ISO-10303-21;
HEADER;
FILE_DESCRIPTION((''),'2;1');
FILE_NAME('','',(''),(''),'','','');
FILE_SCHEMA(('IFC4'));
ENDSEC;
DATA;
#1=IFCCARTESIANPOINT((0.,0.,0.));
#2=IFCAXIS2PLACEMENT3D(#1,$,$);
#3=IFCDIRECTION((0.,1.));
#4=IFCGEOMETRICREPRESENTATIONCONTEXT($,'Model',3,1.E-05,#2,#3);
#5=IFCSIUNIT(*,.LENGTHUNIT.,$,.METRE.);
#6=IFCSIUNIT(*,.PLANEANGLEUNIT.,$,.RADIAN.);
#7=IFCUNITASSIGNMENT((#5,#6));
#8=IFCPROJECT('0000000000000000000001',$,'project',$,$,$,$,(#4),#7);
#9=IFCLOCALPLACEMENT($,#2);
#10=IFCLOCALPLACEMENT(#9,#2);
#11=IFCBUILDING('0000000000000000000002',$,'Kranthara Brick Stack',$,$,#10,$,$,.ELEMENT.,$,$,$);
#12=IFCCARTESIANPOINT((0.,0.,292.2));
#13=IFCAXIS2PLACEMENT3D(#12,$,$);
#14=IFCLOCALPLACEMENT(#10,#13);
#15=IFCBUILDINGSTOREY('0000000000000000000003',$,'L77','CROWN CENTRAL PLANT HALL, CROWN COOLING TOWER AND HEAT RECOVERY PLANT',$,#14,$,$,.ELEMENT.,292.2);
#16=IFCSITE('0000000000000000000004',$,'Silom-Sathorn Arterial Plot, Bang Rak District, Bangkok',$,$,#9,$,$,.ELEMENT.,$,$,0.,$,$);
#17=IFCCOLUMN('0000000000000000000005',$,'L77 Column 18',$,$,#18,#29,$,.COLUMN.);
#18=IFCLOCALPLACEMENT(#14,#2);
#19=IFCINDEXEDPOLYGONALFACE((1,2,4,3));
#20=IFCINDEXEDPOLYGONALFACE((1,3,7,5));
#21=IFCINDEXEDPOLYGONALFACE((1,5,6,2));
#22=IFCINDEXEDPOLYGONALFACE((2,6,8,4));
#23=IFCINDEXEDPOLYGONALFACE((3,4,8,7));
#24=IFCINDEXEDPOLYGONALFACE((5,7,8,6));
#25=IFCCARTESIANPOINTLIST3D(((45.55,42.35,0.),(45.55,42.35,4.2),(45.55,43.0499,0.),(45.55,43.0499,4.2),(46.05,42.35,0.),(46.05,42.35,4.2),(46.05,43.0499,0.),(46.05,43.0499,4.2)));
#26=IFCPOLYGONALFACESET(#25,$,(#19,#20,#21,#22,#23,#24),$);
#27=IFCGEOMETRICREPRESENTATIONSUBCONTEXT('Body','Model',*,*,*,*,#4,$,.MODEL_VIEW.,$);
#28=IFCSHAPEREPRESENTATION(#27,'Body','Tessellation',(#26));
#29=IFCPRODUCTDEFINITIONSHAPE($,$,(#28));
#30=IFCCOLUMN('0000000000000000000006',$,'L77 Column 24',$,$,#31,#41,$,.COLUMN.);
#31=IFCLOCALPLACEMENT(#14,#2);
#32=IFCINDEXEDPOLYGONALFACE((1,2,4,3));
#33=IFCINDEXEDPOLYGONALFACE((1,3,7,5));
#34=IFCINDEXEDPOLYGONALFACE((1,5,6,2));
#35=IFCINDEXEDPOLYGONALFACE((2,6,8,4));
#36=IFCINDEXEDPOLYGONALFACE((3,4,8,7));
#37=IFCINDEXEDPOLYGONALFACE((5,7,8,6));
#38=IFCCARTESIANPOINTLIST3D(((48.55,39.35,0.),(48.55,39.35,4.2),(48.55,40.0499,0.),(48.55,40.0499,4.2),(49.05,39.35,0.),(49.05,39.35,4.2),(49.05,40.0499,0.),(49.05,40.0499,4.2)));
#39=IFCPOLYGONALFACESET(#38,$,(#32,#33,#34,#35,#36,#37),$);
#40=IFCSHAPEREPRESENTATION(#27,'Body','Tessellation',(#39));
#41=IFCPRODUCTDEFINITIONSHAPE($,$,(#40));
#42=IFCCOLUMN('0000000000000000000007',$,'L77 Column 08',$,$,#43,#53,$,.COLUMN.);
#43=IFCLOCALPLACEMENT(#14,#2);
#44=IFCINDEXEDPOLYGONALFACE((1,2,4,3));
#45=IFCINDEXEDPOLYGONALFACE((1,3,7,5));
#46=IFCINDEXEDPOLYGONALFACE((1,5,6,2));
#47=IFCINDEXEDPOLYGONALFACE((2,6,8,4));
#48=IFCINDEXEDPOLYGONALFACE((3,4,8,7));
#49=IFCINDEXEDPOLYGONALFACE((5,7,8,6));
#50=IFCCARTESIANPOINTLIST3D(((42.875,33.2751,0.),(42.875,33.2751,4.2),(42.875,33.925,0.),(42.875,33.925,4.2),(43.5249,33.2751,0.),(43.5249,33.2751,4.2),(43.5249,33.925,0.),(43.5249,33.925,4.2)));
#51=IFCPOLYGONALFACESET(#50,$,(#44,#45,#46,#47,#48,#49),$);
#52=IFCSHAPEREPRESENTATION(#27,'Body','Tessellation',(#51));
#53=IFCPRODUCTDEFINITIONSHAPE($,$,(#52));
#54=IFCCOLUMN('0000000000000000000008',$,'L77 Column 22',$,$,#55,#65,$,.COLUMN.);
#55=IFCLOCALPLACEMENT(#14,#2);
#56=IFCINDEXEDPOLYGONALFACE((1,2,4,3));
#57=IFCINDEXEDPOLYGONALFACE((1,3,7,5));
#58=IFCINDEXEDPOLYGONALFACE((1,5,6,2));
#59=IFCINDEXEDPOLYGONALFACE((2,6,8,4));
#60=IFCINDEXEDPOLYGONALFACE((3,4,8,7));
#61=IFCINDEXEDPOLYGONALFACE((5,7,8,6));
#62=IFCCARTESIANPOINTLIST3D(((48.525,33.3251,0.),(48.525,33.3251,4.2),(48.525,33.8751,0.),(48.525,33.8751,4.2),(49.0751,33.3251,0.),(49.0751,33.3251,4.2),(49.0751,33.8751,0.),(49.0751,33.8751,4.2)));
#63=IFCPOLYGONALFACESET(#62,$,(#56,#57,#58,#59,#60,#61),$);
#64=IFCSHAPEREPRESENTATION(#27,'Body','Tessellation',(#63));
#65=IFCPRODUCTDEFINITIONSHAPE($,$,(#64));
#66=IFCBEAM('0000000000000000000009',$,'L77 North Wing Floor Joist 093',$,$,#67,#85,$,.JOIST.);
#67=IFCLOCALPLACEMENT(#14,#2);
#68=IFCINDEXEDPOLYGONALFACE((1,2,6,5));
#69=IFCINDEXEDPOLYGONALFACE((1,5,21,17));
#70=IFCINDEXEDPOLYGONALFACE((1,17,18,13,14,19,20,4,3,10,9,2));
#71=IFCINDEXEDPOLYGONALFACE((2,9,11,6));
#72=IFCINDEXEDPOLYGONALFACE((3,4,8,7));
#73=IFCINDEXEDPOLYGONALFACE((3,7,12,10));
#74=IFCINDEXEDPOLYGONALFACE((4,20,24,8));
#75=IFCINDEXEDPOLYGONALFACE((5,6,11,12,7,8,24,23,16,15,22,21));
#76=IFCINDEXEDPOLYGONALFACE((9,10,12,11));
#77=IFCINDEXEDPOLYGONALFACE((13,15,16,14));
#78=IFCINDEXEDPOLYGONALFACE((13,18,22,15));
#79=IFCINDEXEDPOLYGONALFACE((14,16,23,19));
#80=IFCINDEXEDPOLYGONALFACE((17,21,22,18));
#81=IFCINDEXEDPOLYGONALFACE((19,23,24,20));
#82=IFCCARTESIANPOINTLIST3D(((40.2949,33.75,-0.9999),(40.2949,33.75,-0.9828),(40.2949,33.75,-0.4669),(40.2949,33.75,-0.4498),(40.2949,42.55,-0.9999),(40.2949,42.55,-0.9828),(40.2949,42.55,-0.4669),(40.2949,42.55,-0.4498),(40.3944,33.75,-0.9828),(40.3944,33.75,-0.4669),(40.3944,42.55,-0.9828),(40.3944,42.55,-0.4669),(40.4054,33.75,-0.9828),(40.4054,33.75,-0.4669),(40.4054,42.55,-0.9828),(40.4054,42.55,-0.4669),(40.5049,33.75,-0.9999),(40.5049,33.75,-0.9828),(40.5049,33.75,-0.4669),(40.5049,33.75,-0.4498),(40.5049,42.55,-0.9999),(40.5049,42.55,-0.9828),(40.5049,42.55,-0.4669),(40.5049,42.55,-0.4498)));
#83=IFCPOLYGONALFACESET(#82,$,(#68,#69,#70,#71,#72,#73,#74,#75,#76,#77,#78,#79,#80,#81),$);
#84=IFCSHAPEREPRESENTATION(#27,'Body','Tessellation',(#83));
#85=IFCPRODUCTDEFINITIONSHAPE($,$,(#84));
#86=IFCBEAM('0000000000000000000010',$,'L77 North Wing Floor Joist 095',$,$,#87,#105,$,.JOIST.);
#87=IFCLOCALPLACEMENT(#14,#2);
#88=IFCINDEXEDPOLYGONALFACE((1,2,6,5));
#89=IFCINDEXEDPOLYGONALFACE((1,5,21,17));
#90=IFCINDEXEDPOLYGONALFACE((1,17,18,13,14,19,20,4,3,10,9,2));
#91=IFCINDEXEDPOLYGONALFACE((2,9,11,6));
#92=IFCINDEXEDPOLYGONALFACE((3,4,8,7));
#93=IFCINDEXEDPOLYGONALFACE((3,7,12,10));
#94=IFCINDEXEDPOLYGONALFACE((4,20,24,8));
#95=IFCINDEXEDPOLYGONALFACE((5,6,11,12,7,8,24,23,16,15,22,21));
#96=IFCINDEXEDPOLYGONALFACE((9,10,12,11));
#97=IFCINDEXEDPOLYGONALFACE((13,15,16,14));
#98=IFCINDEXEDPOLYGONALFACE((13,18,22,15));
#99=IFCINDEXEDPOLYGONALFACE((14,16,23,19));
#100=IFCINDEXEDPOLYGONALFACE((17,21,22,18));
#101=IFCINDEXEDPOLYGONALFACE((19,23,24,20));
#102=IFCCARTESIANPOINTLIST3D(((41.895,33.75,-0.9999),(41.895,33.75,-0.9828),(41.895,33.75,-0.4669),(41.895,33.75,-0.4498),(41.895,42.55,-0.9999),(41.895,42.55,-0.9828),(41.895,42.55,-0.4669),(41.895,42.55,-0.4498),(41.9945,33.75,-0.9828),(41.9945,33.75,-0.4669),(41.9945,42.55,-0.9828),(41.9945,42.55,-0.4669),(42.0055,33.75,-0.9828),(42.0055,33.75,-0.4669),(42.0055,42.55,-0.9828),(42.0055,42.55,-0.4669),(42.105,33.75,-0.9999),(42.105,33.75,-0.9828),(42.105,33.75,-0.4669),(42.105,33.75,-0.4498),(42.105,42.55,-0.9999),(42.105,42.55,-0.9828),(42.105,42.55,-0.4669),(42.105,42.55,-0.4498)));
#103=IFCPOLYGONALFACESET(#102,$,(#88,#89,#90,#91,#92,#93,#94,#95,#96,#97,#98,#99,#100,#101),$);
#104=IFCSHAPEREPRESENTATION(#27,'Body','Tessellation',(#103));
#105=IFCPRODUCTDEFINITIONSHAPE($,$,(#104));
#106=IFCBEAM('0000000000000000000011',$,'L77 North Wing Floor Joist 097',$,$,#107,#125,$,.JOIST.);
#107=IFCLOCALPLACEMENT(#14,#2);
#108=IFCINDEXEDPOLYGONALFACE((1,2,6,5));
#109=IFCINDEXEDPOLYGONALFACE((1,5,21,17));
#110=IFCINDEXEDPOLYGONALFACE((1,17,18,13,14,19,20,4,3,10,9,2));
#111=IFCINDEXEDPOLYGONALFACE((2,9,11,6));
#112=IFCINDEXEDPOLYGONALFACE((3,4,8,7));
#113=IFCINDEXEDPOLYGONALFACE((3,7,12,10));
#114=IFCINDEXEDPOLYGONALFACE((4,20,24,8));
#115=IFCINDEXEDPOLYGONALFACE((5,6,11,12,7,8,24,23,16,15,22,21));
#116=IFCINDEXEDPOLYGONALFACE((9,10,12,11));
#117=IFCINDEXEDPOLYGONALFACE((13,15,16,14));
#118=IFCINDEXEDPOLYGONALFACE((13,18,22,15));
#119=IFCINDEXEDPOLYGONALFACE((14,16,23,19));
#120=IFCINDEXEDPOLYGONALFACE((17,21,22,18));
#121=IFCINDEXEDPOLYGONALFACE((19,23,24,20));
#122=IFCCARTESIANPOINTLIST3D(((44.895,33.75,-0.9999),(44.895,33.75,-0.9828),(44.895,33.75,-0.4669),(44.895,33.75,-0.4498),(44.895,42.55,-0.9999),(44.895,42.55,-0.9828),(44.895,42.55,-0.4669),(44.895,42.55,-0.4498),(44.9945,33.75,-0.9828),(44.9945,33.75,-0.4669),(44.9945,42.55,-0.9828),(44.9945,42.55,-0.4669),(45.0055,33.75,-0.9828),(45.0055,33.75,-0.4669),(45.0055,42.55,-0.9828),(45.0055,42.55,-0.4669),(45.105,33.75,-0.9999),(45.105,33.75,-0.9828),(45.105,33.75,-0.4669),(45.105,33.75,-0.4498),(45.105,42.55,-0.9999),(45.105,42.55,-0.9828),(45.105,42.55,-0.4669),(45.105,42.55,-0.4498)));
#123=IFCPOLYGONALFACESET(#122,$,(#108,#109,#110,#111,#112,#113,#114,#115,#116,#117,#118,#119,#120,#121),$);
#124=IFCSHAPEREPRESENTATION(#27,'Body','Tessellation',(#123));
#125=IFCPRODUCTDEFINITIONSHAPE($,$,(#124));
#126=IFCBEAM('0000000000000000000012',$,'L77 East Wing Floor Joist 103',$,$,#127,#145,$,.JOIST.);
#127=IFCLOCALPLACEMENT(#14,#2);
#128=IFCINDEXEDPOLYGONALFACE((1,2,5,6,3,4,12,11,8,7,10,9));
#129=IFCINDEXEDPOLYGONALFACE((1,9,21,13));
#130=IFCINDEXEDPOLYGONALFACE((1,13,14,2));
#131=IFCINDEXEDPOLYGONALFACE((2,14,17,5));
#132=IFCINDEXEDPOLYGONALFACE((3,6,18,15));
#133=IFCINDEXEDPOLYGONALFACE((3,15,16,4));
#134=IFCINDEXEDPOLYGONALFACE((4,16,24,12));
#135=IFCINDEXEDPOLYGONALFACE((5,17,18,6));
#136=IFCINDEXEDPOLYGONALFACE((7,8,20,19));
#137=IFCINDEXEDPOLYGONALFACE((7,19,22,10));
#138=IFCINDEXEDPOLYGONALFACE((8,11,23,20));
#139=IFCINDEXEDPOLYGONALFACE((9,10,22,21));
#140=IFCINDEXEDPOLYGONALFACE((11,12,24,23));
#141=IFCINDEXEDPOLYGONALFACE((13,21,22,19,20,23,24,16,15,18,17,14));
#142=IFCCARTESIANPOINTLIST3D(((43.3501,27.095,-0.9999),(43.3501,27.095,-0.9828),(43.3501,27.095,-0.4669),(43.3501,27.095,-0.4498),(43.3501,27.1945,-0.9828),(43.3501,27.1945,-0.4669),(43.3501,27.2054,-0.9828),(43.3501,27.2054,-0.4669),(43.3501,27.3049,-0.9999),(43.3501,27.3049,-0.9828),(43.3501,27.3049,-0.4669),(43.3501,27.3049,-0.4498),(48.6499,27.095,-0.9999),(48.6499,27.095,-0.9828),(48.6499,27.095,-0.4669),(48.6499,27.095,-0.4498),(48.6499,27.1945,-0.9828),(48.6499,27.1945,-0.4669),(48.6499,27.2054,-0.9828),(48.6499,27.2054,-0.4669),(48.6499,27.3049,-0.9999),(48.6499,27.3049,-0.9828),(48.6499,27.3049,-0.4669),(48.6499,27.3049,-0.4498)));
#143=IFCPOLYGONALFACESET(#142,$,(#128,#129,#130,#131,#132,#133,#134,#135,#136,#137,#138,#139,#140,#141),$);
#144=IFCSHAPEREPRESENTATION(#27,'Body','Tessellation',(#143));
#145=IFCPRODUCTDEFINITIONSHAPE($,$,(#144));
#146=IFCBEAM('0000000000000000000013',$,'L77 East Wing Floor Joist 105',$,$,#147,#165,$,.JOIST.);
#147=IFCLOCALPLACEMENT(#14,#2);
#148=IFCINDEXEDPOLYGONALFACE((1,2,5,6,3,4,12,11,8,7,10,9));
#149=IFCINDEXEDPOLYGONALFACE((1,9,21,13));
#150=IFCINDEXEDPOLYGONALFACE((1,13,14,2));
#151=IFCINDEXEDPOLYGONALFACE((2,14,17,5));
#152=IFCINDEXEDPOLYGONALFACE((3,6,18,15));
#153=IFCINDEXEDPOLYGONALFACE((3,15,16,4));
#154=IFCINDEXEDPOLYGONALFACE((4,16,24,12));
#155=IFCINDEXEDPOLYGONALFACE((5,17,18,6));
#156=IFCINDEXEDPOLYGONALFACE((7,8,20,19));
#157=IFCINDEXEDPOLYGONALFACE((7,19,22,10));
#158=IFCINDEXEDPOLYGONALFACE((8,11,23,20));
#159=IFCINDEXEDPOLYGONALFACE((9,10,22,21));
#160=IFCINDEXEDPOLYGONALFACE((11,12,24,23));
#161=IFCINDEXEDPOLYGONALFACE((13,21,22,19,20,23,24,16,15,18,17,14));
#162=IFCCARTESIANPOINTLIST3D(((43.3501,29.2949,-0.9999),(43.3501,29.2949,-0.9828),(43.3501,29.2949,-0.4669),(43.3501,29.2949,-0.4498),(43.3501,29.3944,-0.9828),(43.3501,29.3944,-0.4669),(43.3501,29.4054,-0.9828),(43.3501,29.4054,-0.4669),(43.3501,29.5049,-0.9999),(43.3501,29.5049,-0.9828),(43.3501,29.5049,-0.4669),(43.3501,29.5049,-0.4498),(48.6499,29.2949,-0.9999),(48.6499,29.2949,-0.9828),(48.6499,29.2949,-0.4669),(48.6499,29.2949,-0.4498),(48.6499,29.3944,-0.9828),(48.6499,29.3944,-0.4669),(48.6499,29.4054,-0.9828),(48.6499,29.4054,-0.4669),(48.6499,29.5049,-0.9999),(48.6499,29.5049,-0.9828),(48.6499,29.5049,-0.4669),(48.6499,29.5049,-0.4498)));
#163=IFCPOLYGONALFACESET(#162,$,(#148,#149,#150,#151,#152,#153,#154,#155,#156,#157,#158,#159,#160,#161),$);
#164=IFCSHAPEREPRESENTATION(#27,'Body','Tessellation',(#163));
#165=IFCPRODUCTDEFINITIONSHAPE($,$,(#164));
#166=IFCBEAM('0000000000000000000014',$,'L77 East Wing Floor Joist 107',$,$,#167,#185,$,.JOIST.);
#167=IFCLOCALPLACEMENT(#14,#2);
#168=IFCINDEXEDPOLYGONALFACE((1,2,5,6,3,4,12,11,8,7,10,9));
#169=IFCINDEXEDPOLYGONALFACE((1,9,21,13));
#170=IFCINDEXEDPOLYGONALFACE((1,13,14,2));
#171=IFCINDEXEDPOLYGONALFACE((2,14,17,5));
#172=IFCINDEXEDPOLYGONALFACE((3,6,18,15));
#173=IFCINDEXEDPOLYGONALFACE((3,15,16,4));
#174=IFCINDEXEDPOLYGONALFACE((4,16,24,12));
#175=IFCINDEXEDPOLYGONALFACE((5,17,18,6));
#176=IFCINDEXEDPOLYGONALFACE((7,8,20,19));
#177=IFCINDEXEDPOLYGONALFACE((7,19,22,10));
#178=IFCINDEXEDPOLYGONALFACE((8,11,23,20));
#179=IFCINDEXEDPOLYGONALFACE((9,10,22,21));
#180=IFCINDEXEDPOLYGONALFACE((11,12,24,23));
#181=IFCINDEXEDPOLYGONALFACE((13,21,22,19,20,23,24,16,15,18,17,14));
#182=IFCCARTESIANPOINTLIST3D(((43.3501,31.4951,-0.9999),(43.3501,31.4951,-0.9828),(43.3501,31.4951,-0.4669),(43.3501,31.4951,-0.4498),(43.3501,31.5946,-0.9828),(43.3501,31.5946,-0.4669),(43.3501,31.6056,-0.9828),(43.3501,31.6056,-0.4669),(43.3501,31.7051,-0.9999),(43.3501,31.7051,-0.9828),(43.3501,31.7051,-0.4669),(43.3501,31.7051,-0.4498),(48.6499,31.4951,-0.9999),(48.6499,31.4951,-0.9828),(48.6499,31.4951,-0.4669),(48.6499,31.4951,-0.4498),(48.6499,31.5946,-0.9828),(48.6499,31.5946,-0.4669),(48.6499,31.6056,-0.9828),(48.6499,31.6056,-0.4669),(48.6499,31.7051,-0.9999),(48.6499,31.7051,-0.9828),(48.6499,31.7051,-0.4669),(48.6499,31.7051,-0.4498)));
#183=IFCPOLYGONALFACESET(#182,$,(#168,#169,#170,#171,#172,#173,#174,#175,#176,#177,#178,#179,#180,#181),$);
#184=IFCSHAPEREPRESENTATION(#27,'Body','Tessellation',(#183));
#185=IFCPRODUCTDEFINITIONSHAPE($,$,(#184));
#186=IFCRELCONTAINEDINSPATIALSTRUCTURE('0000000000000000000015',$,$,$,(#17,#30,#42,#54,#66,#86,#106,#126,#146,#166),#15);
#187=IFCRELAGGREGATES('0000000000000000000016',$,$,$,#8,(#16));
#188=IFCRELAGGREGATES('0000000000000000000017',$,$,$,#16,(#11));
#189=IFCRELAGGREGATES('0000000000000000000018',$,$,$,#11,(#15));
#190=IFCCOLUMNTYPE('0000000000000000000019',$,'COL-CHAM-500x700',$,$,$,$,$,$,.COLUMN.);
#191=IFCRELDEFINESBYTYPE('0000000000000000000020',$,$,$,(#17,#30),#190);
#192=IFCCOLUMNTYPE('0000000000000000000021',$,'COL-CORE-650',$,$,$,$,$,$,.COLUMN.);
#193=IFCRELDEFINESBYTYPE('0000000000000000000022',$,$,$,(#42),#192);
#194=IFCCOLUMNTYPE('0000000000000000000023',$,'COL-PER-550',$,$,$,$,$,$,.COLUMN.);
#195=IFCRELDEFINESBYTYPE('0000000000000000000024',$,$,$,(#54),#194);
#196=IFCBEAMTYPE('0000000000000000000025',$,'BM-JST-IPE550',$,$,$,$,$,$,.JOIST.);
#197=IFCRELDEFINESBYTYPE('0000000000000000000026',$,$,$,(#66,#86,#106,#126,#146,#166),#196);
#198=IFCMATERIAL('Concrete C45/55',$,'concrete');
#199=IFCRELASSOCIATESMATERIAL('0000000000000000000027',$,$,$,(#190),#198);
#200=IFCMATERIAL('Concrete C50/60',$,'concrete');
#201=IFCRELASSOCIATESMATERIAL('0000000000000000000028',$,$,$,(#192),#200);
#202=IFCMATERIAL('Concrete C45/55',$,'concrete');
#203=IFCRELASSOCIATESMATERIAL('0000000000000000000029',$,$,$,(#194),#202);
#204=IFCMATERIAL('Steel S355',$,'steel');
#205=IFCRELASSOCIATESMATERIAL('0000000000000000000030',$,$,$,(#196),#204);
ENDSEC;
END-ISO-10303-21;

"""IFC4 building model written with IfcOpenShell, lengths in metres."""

from ifc_helpers import new_model, si_unit, direction, frame, origin, origin_2d, place, context, subcontext, project, spatial, rectangle, i_section, extrude, material, material_profile, profile_set, type_object, element, save


model = new_model("IFC4")

# Units and contexts
model_context = context("Model", 3, precision=1e-05, world=origin(), true_north=direction((0.0, 1.0)))
body_context = subcontext(model_context, "Body", "Model", "MODEL_VIEW")
ifc_project = project(units=[si_unit("LENGTHUNIT", "METRE"), si_unit("PLANEANGLEUNIT", "RADIAN")], contexts=[model_context])

# Site, building, storey
site_placement = place(None, origin())
site = spatial("IfcSite", under=ifc_project, at=site_placement, Name="Silom-Sathorn Arterial Plot, Bang Rak District, Bangkok", CompositionType="ELEMENT", RefElevation=0.0)
building_placement = place(site_placement, origin())
building = spatial("IfcBuilding", under=site, at=building_placement, Name="Kranthara Brick Stack", CompositionType="ELEMENT")
storey_placement = place(building_placement, frame((0.0, 0.0, 292.2)))
storey = spatial("IfcBuildingStorey", under=building, at=storey_placement, Name="L77", Description="CROWN CENTRAL PLANT HALL, CROWN COOLING TOWER AND HEAT RECOVERY PLANT", CompositionType="ELEMENT", Elevation=292.2)

# Columns
ifc_material_1 = material(Name="Concrete C45/55", Category="concrete")
ifc_material_profile_1 = material_profile(ifc_material_1, rectangle(XDim=0.5, YDim=0.7, at=origin_2d()), Name="RC 500x700")
ifc_profile_set_1 = profile_set([ifc_material_profile_1], Name="Concrete C45/55")
column_type_1 = type_object("IfcColumnType", Name="COL-CHAM-500x700", PredefinedType="COLUMN", material=ifc_profile_set_1)
for number, where, z_axis, x_axis, name in (
    (1, (45.8, 42.7, 0.0), (0.0, 0.0, 1.0), (1.0, 0.0, 0.0), "L77 Column 18"),
    (2, (48.8, 39.7, 0.0), (0.0, 0.0, 1.0), (1.0, 0.0, 0.0), "L77 Column 24"),
):
    element("IfcColumn", number, at=place(storey_placement, frame(where, z_axis=z_axis, x_axis=x_axis)), inside=storey, type_object=column_type_1, Name=name, PredefinedType="COLUMN", context=body_context, shape_type="SweptSolid", body=[
        extrude(rectangle(XDim=0.5, YDim=0.7, at=origin_2d()), origin(), (0.0, 0.0, 1.0), 4.2),
    ])
ifc_material_2 = material(Name="Concrete C50/60", Category="concrete")
ifc_material_profile_2 = material_profile(ifc_material_2, rectangle(XDim=0.6499, YDim=0.6499, at=origin_2d()), Name="RC 650x650")
ifc_profile_set_2 = profile_set([ifc_material_profile_2], Name="Concrete C50/60")
column_type_2 = type_object("IfcColumnType", Name="COL-CORE-650", PredefinedType="COLUMN", material=ifc_profile_set_2)
column_1_placement = place(storey_placement, frame((43.2, 33.6001, 0.0), z_axis=(0.0, 0.0, 1.0), x_axis=(1.0, 0.0, 0.0)))
element("IfcColumn", 3, at=column_1_placement, inside=storey, type_object=column_type_2, Name="L77 Column 08", PredefinedType="COLUMN", context=body_context, shape_type="SweptSolid", body=[
    extrude(rectangle(XDim=0.6499, YDim=0.6499, at=origin_2d()), origin(), (0.0, 0.0, 1.0), 4.2),
])
ifc_material_3 = material(Name="Concrete C45/55", Category="concrete")
ifc_material_profile_3 = material_profile(ifc_material_3, rectangle(XDim=0.55, YDim=0.55, at=origin_2d()), Name="RC 550x550")
ifc_profile_set_3 = profile_set([ifc_material_profile_3], Name="Concrete C45/55")
column_type_3 = type_object("IfcColumnType", Name="COL-PER-550", PredefinedType="COLUMN", material=ifc_profile_set_3)
column_2_placement = place(storey_placement, frame((48.8, 33.6001, 0.0), z_axis=(0.0, 0.0, 1.0), x_axis=(1.0, 0.0, 0.0)))
element("IfcColumn", 4, at=column_2_placement, inside=storey, type_object=column_type_3, Name="L77 Column 22", PredefinedType="COLUMN", context=body_context, shape_type="SweptSolid", body=[
    extrude(rectangle(XDim=0.55, YDim=0.55, at=origin_2d()), origin(), (0.0, 0.0, 1.0), 4.2),
])

# Beams
ifc_material_4 = material(Name="Steel S355", Category="steel")
ifc_material_profile_4 = material_profile(ifc_material_4, i_section(OverallWidth=0.21, OverallDepth=0.55, WebThickness=0.011, FlangeThickness=0.0171, at=origin_2d()), Name="IPE 550")
ifc_profile_set_4 = profile_set([ifc_material_profile_4], Name="Steel S355")
beam_type_1 = type_object("IfcBeamType", Name="BM-JST-IPE550", PredefinedType="JOIST", material=ifc_profile_set_4)
for number, where, z_axis, x_axis, name in (
    (5, (40.3999, 33.75, -0.7249), (0.0, 1.0, 0.0), (-1.0, 0.0, 0.0), "L77 North Wing Floor Joist 093"),
    (6, (42.0, 33.75, -0.7249), (0.0, 1.0, 0.0), (-1.0, 0.0, 0.0), "L77 North Wing Floor Joist 095"),
    (7, (45.0, 33.75, -0.7249), (0.0, 1.0, 0.0), (-1.0, 0.0, 0.0), "L77 North Wing Floor Joist 097"),
):
    element("IfcBeam", number, at=place(storey_placement, frame(where, z_axis=z_axis, x_axis=x_axis)), inside=storey, type_object=beam_type_1, Name=name, PredefinedType="JOIST", context=body_context, shape_type="SweptSolid", body=[
        extrude(i_section(OverallWidth=0.21, OverallDepth=0.55, WebThickness=0.011, FlangeThickness=0.0171, at=origin_2d()), origin(), (0.0, 0.0, 1.0), 8.8),
    ])
for number, where, z_axis, x_axis, name in (
    (8, (43.3501, 27.2, -0.7249), (1.0, 0.0, 0.0), (0.0, 1.0, 0.0), "L77 East Wing Floor Joist 103"),
    (9, (43.3501, 29.3999, -0.7249), (1.0, 0.0, 0.0), (0.0, 1.0, 0.0), "L77 East Wing Floor Joist 105"),
    (10, (43.3501, 31.6001, -0.7249), (1.0, 0.0, 0.0), (0.0, 1.0, 0.0), "L77 East Wing Floor Joist 107"),
):
    element("IfcBeam", number, at=place(storey_placement, frame(where, z_axis=z_axis, x_axis=x_axis)), inside=storey, type_object=beam_type_1, Name=name, PredefinedType="JOIST", context=body_context, shape_type="SweptSolid", body=[
        extrude(i_section(OverallWidth=0.21, OverallDepth=0.55, WebThickness=0.011, FlangeThickness=0.0171, at=origin_2d()), origin(), (0.0, 0.0, 1.0), 5.2998),
    ])

save(model, "model.ifc")
